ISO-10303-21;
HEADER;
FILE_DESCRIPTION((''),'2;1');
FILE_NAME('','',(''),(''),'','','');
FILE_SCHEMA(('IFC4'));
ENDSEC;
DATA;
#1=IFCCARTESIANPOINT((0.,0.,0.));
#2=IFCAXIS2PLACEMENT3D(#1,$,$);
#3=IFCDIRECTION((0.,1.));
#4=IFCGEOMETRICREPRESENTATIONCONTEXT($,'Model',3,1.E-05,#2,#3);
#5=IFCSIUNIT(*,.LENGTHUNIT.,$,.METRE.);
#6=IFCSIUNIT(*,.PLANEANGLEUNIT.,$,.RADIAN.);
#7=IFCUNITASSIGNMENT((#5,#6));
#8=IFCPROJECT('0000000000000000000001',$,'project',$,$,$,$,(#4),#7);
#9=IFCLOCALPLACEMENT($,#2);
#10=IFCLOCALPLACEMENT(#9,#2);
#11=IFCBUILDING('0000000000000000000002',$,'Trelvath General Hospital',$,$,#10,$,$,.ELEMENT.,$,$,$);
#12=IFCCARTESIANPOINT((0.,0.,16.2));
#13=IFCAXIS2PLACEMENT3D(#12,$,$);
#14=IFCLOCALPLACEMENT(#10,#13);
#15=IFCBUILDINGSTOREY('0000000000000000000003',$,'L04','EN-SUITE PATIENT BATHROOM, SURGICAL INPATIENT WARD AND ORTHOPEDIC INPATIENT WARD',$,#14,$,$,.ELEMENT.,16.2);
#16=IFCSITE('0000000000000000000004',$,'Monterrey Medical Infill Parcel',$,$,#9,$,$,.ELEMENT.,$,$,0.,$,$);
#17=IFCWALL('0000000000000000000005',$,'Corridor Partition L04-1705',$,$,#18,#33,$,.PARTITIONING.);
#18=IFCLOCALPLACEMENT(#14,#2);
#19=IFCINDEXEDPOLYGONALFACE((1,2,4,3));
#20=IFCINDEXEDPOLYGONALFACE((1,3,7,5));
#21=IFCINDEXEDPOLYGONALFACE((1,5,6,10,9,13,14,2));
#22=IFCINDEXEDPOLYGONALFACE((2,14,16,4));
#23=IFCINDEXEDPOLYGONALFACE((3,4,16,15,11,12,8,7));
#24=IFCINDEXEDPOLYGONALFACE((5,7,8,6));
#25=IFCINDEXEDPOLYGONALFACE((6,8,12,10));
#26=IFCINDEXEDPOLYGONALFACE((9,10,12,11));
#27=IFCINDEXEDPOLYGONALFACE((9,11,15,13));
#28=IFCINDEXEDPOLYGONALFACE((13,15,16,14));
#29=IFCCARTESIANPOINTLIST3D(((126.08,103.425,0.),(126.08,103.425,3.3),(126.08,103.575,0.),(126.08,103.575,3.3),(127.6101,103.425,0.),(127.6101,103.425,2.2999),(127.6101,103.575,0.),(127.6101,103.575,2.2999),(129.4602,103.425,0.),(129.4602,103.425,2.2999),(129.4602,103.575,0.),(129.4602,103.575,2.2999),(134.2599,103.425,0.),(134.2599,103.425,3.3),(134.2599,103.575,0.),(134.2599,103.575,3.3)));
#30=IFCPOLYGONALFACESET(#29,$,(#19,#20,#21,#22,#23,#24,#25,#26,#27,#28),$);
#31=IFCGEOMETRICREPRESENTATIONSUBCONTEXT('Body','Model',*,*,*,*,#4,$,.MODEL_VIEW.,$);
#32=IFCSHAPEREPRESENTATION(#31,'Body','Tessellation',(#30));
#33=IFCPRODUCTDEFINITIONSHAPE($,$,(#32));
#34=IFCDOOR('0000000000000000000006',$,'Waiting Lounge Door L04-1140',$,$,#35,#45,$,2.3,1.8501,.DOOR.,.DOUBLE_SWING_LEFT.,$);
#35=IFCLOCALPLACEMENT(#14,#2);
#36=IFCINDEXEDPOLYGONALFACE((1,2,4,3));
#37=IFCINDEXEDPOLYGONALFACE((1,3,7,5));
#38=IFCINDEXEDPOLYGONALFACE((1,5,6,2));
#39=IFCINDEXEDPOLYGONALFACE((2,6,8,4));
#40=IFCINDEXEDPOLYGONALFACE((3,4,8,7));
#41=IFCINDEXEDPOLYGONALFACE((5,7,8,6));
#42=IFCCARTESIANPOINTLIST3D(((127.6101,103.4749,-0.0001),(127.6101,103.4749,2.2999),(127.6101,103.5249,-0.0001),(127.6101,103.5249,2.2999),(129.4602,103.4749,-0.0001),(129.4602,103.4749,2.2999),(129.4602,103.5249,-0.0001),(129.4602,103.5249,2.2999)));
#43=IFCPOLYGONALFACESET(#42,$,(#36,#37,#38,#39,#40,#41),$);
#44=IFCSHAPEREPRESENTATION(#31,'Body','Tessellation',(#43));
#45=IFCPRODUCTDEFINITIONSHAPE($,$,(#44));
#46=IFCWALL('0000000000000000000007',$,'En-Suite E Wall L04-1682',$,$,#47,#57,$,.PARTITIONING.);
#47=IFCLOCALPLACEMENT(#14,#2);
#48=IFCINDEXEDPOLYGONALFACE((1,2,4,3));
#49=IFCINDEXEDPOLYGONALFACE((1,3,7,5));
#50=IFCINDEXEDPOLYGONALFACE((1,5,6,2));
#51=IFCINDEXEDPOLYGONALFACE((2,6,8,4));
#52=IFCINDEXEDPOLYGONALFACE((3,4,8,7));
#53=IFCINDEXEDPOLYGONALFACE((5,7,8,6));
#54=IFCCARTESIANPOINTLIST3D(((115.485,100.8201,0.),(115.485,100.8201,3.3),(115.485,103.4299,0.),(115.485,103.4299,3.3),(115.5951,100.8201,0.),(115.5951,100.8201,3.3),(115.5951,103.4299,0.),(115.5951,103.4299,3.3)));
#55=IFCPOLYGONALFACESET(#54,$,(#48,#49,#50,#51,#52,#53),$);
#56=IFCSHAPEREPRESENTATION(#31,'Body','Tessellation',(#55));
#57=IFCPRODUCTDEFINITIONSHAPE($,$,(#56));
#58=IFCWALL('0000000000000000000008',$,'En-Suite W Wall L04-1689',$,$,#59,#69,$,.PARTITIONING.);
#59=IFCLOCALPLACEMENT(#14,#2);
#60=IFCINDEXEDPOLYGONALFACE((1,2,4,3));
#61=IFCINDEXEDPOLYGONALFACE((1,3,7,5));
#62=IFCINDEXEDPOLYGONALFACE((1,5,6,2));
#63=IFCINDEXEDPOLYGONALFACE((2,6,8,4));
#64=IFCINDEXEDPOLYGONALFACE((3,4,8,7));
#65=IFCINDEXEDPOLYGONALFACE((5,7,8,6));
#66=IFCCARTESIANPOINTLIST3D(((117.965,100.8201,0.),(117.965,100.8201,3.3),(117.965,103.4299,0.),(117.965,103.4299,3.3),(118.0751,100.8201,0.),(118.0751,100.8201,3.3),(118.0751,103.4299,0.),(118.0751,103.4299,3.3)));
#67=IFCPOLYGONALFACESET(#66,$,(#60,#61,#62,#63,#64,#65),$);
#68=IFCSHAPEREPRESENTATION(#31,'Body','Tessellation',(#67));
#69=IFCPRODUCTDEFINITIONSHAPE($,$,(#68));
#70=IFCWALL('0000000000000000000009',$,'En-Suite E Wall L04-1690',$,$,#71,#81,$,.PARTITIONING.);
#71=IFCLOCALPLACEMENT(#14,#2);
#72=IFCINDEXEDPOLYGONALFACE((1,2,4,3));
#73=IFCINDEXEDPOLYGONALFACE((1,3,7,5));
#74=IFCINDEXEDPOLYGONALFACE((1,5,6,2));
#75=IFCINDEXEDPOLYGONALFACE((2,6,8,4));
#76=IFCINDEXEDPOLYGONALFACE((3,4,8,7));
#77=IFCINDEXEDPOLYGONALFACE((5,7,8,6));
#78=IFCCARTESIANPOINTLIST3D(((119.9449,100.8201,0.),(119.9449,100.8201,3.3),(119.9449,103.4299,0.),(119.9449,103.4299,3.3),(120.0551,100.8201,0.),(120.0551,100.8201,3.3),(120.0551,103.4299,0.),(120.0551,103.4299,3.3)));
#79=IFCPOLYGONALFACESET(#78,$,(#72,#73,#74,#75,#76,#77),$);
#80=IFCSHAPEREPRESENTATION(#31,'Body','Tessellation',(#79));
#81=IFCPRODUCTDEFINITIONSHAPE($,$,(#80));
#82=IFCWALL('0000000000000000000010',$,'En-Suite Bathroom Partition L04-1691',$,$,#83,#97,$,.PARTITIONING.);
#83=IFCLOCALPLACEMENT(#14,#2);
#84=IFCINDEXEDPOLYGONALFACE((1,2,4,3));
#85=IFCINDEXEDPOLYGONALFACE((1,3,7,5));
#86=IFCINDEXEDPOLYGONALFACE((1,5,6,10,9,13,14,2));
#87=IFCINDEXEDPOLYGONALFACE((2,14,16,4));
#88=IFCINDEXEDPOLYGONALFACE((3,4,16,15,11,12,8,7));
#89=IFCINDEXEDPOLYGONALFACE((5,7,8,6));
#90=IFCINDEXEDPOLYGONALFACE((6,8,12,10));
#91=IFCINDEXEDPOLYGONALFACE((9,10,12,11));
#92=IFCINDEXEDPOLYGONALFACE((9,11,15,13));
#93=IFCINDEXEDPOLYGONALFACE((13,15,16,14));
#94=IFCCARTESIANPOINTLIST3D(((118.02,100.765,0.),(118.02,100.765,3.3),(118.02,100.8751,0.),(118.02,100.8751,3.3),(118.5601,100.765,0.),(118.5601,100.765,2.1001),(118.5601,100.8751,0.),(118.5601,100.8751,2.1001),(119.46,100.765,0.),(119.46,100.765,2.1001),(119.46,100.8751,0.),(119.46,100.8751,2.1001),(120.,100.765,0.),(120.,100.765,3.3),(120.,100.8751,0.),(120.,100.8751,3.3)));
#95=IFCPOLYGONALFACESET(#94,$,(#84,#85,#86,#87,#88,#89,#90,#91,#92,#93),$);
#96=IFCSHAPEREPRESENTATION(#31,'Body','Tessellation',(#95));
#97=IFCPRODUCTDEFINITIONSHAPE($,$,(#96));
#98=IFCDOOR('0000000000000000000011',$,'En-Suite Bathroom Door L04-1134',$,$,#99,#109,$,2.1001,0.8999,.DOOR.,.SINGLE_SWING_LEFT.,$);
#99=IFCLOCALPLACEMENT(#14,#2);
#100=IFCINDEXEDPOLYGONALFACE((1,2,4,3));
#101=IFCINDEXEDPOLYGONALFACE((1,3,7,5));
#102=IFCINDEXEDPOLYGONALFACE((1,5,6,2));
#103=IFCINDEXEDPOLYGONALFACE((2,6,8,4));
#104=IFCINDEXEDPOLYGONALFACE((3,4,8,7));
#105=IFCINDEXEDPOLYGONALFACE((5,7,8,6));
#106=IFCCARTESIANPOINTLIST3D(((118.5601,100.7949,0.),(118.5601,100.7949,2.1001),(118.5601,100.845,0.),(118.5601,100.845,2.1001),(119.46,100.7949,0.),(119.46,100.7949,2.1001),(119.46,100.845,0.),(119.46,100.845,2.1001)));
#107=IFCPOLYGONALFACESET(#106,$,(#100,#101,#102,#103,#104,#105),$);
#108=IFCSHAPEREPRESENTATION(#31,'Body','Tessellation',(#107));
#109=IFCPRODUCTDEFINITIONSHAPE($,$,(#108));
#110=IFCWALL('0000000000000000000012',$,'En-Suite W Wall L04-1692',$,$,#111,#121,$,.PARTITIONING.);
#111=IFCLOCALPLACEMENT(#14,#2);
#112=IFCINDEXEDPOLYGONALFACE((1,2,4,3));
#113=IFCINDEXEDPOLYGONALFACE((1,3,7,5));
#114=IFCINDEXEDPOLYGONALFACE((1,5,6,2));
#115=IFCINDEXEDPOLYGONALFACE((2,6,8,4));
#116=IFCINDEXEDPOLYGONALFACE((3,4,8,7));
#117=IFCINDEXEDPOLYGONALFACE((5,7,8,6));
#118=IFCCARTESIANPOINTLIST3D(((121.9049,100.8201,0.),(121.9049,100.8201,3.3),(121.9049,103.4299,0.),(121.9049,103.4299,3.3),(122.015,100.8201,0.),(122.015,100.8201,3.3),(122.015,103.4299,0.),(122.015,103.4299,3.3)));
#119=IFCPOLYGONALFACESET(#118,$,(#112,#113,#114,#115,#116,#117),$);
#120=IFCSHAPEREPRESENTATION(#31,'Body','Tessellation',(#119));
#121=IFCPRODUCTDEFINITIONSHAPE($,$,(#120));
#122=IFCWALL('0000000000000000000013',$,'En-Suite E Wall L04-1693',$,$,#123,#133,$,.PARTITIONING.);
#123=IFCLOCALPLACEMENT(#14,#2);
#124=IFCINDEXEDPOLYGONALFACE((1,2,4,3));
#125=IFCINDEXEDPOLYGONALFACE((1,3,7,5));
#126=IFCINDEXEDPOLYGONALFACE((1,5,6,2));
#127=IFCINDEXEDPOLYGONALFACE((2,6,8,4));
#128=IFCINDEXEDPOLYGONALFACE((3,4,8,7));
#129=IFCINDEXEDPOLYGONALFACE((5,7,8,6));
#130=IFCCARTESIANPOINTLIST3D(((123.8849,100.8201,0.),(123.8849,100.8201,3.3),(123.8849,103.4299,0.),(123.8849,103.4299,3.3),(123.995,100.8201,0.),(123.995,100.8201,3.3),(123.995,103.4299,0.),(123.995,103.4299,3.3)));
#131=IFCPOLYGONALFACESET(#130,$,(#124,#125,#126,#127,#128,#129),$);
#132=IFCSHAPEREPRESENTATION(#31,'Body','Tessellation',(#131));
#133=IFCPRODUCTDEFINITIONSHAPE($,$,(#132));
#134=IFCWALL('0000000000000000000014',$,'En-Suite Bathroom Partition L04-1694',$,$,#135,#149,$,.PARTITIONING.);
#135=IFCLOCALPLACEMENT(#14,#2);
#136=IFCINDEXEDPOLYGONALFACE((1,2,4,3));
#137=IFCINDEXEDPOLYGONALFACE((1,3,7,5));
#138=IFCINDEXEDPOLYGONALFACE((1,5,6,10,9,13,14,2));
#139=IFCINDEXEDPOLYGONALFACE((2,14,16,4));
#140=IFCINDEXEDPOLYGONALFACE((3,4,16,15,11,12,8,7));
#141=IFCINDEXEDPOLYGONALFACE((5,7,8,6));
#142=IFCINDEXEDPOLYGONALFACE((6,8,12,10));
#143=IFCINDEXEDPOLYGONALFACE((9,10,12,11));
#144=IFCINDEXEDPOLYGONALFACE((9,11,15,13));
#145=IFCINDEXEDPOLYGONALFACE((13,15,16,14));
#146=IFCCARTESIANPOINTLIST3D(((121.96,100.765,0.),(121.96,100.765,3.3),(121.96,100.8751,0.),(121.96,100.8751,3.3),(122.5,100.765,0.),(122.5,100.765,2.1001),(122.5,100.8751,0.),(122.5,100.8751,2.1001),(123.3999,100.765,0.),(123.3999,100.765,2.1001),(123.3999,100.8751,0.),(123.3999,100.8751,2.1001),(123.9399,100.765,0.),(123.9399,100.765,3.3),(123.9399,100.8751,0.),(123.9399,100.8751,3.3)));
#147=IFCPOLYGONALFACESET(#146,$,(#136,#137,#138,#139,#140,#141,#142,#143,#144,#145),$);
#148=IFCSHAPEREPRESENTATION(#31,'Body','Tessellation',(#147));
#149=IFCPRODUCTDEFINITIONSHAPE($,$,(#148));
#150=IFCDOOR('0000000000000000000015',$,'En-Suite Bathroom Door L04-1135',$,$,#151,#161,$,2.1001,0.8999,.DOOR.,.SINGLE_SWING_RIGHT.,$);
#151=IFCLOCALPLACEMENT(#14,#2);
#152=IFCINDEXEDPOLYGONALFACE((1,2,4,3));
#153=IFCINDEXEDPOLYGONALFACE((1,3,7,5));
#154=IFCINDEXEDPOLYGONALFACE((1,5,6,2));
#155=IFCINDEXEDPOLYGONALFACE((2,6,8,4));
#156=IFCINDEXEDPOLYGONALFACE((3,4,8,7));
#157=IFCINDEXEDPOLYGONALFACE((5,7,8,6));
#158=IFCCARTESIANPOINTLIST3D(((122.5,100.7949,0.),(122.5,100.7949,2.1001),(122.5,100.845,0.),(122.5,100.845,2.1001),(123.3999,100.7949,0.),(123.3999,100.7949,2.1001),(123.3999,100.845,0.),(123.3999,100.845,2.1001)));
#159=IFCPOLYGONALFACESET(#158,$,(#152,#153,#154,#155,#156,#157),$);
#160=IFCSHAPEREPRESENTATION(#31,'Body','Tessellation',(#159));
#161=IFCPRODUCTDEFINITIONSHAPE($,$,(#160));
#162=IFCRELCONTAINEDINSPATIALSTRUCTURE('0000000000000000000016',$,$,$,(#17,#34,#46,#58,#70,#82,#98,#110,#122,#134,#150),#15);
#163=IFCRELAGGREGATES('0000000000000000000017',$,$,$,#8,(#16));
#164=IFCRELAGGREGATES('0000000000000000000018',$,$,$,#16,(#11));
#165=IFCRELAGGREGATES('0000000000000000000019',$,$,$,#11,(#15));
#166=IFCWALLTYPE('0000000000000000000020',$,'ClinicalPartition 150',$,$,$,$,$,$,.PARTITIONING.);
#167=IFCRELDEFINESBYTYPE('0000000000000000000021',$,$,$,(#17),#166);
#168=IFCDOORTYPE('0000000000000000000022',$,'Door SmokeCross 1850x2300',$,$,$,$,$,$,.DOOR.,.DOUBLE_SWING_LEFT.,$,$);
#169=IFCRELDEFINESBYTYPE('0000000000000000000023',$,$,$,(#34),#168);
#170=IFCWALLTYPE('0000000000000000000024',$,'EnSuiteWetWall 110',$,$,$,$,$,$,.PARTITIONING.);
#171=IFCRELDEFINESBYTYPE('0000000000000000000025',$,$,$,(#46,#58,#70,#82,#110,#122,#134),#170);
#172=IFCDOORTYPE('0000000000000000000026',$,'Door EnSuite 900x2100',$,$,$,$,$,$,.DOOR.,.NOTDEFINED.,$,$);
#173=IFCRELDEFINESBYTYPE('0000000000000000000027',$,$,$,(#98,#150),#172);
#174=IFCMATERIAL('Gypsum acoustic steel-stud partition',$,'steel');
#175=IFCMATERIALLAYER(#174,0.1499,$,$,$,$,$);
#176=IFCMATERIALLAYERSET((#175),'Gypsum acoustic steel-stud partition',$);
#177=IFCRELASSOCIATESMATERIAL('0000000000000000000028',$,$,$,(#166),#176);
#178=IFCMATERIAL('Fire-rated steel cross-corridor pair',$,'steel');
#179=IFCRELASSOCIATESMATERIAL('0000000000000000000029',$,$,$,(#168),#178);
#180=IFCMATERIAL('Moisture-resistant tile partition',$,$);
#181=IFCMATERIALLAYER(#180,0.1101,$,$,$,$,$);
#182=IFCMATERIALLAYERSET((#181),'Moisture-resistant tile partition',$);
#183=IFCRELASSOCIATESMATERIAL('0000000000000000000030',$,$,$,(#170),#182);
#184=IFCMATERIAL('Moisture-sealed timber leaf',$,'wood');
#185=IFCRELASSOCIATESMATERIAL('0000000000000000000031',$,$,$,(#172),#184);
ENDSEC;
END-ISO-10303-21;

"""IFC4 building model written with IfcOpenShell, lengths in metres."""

from ifc_helpers import new_model, si_unit, direction, frame, frame_2d, origin, place, context, subcontext, project, spatial, rectangle, extrude, material, layer, layer_set, type_object, element, fill, save


model = new_model("IFC4")

# Units and contexts
model_context = context("Model", 3, precision=1e-05, world=origin(), true_north=direction((0.0, 1.0)))
body_context = subcontext(model_context, "Body", "Model", "MODEL_VIEW")
ifc_project = project(units=[si_unit("LENGTHUNIT", "METRE"), si_unit("PLANEANGLEUNIT", "RADIAN")], contexts=[model_context])

# Site, building, storey
site_placement = place(None, origin())
site = spatial("IfcSite", under=ifc_project, at=site_placement, Name="Monterrey Medical Infill Parcel", CompositionType="ELEMENT", RefElevation=0.0)
building_placement = place(site_placement, origin())
building = spatial("IfcBuilding", under=site, at=building_placement, Name="Trelvath General Hospital", CompositionType="ELEMENT")
storey_placement = place(building_placement, frame((0.0, 0.0, 16.2)))
storey = spatial("IfcBuildingStorey", under=building, at=storey_placement, Name="L04", Description="EN-SUITE PATIENT BATHROOM, SURGICAL INPATIENT WARD AND ORTHOPEDIC INPATIENT WARD", CompositionType="ELEMENT", Elevation=16.2)

# Shared definitions
ifc_material_1 = material(Name="Gypsum acoustic steel-stud partition", Category="steel")
ifc_layer_1 = layer(ifc_material_1, 0.1499)
ifc_layer_set_1 = layer_set([ifc_layer_1], Name="Gypsum acoustic steel-stud partition")
wall_type_1 = type_object("IfcWallType", Name="ClinicalPartition 150", PredefinedType="PARTITIONING", material=ifc_layer_set_1)

# Wall, opening, door
wall_1_placement = place(storey_placement, frame((126.0801, 103.5, 0.0), z_axis=(0.0, 0.0, 1.0), x_axis=(1.0, 0.0, 0.0)))
wall_1 = element("IfcWall", 1, at=wall_1_placement, inside=storey, type_object=wall_type_1, Name="Corridor Partition L04-1705", PredefinedType="PARTITIONING", context=body_context, shape_type="SweptSolid", body=[
    extrude(rectangle(XDim=8.1799, YDim=0.1499, at=frame_2d((4.0898, 0.0))), origin(), (0.0, 0.0, 1.0), 3.3),
])
opening_1_placement = place(wall_1_placement, frame((1.53, 0.0, 0.0)))
opening_1 = element("IfcOpeningElement", 2, at=opening_1_placement, cuts=wall_1, PredefinedType="OPENING", context=body_context, shape_type="SweptSolid", body=[
    extrude(rectangle(XDim=1.8501, YDim=2.3, at=frame_2d((0.925, 1.1499))), frame((0.0, 0.085, 0.0), z_axis=(0.0, -1.0, 0.0), x_axis=(1.0, 0.0, 0.0)), (0.0, 0.0, 1.0), 0.1699),
])
ifc_material_2 = material(Name="Fire-rated steel cross-corridor pair", Category="steel")
door_type_1 = type_object("IfcDoorType", Name="Door SmokeCross 1850x2300", OperationType="DOUBLE_SWING_LEFT", PredefinedType="DOOR", material=ifc_material_2)
door_1_placement = place(opening_1_placement, origin())
door_1 = element("IfcDoor", 3, at=door_1_placement, inside=storey, type_object=door_type_1, Name="Waiting Lounge Door L04-1140", OperationType="DOUBLE_SWING_LEFT", OverallHeight=2.3, OverallWidth=1.8501, PredefinedType="DOOR", context=body_context, shape_type="SweptSolid", body=[
    extrude(rectangle(XDim=1.8501, YDim=2.3, at=frame_2d((0.925, 1.1499))), frame((0.0, 0.0249, 0.0), z_axis=(0.0, -1.0, 0.0), x_axis=(1.0, 0.0, 0.0)), (0.0, 0.0, 1.0), 0.05),
])
fill(opening_1, door_1)

# Walls
ifc_material_3 = material(Name="Moisture-resistant tile partition")
ifc_layer_2 = layer(ifc_material_3, 0.1101)
ifc_layer_set_2 = layer_set([ifc_layer_2], Name="Moisture-resistant tile partition")
wall_type_2 = type_object("IfcWallType", Name="EnSuiteWetWall 110", PredefinedType="PARTITIONING", material=ifc_layer_set_2)
for number, where, z_axis, x_axis, name in (
    (4, (115.54, 100.8201, 0.0), (0.0, 0.0, 1.0), (0.0, 1.0, 0.0), "En-Suite E Wall L04-1682"),
    (5, (118.02, 100.8201, 0.0), (0.0, 0.0, 1.0), (0.0, 1.0, 0.0), "En-Suite W Wall L04-1689"),
    (6, (120.0, 100.8201, 0.0), (0.0, 0.0, 1.0), (0.0, 1.0, 0.0), "En-Suite E Wall L04-1690"),
):
    element("IfcWall", number, at=place(storey_placement, frame(where, z_axis=z_axis, x_axis=x_axis)), inside=storey, type_object=wall_type_2, Name=name, PredefinedType="PARTITIONING", context=body_context, shape_type="SweptSolid", body=[
        extrude(rectangle(XDim=2.6099, YDim=0.1101, at=frame_2d((1.3049, 0.0))), origin(), (0.0, 0.0, 1.0), 3.3),
    ])

# Wall, opening, door
wall_2_placement = place(storey_placement, frame((118.02, 100.8201, 0.0), z_axis=(0.0, 0.0, 1.0), x_axis=(1.0, 0.0, 0.0)))
wall_2 = element("IfcWall", 7, at=wall_2_placement, inside=storey, type_object=wall_type_2, Name="En-Suite Bathroom Partition L04-1691", PredefinedType="PARTITIONING", context=body_context, shape_type="SweptSolid", body=[
    extrude(rectangle(XDim=1.98, YDim=0.1101, at=frame_2d((0.99, 0.0))), origin(), (0.0, 0.0, 1.0), 3.3),
])
opening_2_placement = place(wall_2_placement, frame((0.54, 0.0, 0.0)))
opening_2 = element("IfcOpeningElement", 8, at=opening_2_placement, cuts=wall_2, PredefinedType="OPENING", context=body_context, shape_type="SweptSolid", body=[
    extrude(rectangle(XDim=0.8999, YDim=2.1001, at=frame_2d((0.45, 1.05))), frame((0.0, 0.0649, 0.0), z_axis=(0.0, -1.0, 0.0), x_axis=(1.0, 0.0, 0.0)), (0.0, 0.0, 1.0), 0.1301),
])
ifc_material_4 = material(Name="Moisture-sealed timber leaf", Category="wood")
door_type_2 = type_object("IfcDoorType", Name="Door EnSuite 900x2100", OperationType="NOTDEFINED", PredefinedType="DOOR", material=ifc_material_4)
door_2_placement = place(opening_2_placement, origin())
door_2 = element("IfcDoor", 9, at=door_2_placement, inside=storey, type_object=door_type_2, Name="En-Suite Bathroom Door L04-1134", OperationType="SINGLE_SWING_LEFT", OverallHeight=2.1001, OverallWidth=0.8999, PredefinedType="DOOR", context=body_context, shape_type="SweptSolid", body=[
    extrude(rectangle(XDim=0.8999, YDim=2.1001, at=frame_2d((0.45, 1.05))), frame((0.0, 0.0249, 0.0), z_axis=(0.0, -1.0, 0.0), x_axis=(1.0, 0.0, 0.0)), (0.0, 0.0, 1.0), 0.05),
])
fill(opening_2, door_2)

# Walls
for number, where, z_axis, x_axis, name in (
    (10, (121.96, 100.8201, 0.0), (0.0, 0.0, 1.0), (0.0, 1.0, 0.0), "En-Suite W Wall L04-1692"),
    (11, (123.9399, 100.8201, 0.0), (0.0, 0.0, 1.0), (0.0, 1.0, 0.0), "En-Suite E Wall L04-1693"),
):
    element("IfcWall", number, at=place(storey_placement, frame(where, z_axis=z_axis, x_axis=x_axis)), inside=storey, type_object=wall_type_2, Name=name, PredefinedType="PARTITIONING", context=body_context, shape_type="SweptSolid", body=[
        extrude(rectangle(XDim=2.6099, YDim=0.1101, at=frame_2d((1.3049, 0.0))), origin(), (0.0, 0.0, 1.0), 3.3),
    ])

# Wall, opening, door
wall_3_placement = place(storey_placement, frame((121.96, 100.8201, 0.0), z_axis=(0.0, 0.0, 1.0), x_axis=(1.0, 0.0, 0.0)))
wall_3 = element("IfcWall", 12, at=wall_3_placement, inside=storey, type_object=wall_type_2, Name="En-Suite Bathroom Partition L04-1694", PredefinedType="PARTITIONING", context=body_context, shape_type="SweptSolid", body=[
    extrude(rectangle(XDim=1.98, YDim=0.1101, at=frame_2d((0.99, 0.0))), origin(), (0.0, 0.0, 1.0), 3.3),
])
opening_3_placement = place(wall_3_placement, frame((0.54, 0.0, 0.0)))
opening_3 = element("IfcOpeningElement", 13, at=opening_3_placement, cuts=wall_3, PredefinedType="OPENING", context=body_context, shape_type="SweptSolid", body=[
    extrude(rectangle(XDim=0.8999, YDim=2.1001, at=frame_2d((0.45, 1.05))), frame((0.0, 0.0649, 0.0), z_axis=(0.0, -1.0, 0.0), x_axis=(1.0, 0.0, 0.0)), (0.0, 0.0, 1.0), 0.1301),
])
door_3_placement = place(opening_3_placement, origin())
door_3 = element("IfcDoor", 14, at=door_3_placement, inside=storey, type_object=door_type_2, Name="En-Suite Bathroom Door L04-1135", OperationType="SINGLE_SWING_RIGHT", OverallHeight=2.1001, OverallWidth=0.8999, PredefinedType="DOOR", context=body_context, shape_type="SweptSolid", body=[
    extrude(rectangle(XDim=0.8999, YDim=2.1001, at=frame_2d((0.45, 1.05))), frame((0.0, 0.0249, 0.0), z_axis=(0.0, -1.0, 0.0), x_axis=(1.0, 0.0, 0.0)), (0.0, 0.0, 1.0), 0.05),
])
fill(opening_3, door_3)

save(model, "model.ifc")
